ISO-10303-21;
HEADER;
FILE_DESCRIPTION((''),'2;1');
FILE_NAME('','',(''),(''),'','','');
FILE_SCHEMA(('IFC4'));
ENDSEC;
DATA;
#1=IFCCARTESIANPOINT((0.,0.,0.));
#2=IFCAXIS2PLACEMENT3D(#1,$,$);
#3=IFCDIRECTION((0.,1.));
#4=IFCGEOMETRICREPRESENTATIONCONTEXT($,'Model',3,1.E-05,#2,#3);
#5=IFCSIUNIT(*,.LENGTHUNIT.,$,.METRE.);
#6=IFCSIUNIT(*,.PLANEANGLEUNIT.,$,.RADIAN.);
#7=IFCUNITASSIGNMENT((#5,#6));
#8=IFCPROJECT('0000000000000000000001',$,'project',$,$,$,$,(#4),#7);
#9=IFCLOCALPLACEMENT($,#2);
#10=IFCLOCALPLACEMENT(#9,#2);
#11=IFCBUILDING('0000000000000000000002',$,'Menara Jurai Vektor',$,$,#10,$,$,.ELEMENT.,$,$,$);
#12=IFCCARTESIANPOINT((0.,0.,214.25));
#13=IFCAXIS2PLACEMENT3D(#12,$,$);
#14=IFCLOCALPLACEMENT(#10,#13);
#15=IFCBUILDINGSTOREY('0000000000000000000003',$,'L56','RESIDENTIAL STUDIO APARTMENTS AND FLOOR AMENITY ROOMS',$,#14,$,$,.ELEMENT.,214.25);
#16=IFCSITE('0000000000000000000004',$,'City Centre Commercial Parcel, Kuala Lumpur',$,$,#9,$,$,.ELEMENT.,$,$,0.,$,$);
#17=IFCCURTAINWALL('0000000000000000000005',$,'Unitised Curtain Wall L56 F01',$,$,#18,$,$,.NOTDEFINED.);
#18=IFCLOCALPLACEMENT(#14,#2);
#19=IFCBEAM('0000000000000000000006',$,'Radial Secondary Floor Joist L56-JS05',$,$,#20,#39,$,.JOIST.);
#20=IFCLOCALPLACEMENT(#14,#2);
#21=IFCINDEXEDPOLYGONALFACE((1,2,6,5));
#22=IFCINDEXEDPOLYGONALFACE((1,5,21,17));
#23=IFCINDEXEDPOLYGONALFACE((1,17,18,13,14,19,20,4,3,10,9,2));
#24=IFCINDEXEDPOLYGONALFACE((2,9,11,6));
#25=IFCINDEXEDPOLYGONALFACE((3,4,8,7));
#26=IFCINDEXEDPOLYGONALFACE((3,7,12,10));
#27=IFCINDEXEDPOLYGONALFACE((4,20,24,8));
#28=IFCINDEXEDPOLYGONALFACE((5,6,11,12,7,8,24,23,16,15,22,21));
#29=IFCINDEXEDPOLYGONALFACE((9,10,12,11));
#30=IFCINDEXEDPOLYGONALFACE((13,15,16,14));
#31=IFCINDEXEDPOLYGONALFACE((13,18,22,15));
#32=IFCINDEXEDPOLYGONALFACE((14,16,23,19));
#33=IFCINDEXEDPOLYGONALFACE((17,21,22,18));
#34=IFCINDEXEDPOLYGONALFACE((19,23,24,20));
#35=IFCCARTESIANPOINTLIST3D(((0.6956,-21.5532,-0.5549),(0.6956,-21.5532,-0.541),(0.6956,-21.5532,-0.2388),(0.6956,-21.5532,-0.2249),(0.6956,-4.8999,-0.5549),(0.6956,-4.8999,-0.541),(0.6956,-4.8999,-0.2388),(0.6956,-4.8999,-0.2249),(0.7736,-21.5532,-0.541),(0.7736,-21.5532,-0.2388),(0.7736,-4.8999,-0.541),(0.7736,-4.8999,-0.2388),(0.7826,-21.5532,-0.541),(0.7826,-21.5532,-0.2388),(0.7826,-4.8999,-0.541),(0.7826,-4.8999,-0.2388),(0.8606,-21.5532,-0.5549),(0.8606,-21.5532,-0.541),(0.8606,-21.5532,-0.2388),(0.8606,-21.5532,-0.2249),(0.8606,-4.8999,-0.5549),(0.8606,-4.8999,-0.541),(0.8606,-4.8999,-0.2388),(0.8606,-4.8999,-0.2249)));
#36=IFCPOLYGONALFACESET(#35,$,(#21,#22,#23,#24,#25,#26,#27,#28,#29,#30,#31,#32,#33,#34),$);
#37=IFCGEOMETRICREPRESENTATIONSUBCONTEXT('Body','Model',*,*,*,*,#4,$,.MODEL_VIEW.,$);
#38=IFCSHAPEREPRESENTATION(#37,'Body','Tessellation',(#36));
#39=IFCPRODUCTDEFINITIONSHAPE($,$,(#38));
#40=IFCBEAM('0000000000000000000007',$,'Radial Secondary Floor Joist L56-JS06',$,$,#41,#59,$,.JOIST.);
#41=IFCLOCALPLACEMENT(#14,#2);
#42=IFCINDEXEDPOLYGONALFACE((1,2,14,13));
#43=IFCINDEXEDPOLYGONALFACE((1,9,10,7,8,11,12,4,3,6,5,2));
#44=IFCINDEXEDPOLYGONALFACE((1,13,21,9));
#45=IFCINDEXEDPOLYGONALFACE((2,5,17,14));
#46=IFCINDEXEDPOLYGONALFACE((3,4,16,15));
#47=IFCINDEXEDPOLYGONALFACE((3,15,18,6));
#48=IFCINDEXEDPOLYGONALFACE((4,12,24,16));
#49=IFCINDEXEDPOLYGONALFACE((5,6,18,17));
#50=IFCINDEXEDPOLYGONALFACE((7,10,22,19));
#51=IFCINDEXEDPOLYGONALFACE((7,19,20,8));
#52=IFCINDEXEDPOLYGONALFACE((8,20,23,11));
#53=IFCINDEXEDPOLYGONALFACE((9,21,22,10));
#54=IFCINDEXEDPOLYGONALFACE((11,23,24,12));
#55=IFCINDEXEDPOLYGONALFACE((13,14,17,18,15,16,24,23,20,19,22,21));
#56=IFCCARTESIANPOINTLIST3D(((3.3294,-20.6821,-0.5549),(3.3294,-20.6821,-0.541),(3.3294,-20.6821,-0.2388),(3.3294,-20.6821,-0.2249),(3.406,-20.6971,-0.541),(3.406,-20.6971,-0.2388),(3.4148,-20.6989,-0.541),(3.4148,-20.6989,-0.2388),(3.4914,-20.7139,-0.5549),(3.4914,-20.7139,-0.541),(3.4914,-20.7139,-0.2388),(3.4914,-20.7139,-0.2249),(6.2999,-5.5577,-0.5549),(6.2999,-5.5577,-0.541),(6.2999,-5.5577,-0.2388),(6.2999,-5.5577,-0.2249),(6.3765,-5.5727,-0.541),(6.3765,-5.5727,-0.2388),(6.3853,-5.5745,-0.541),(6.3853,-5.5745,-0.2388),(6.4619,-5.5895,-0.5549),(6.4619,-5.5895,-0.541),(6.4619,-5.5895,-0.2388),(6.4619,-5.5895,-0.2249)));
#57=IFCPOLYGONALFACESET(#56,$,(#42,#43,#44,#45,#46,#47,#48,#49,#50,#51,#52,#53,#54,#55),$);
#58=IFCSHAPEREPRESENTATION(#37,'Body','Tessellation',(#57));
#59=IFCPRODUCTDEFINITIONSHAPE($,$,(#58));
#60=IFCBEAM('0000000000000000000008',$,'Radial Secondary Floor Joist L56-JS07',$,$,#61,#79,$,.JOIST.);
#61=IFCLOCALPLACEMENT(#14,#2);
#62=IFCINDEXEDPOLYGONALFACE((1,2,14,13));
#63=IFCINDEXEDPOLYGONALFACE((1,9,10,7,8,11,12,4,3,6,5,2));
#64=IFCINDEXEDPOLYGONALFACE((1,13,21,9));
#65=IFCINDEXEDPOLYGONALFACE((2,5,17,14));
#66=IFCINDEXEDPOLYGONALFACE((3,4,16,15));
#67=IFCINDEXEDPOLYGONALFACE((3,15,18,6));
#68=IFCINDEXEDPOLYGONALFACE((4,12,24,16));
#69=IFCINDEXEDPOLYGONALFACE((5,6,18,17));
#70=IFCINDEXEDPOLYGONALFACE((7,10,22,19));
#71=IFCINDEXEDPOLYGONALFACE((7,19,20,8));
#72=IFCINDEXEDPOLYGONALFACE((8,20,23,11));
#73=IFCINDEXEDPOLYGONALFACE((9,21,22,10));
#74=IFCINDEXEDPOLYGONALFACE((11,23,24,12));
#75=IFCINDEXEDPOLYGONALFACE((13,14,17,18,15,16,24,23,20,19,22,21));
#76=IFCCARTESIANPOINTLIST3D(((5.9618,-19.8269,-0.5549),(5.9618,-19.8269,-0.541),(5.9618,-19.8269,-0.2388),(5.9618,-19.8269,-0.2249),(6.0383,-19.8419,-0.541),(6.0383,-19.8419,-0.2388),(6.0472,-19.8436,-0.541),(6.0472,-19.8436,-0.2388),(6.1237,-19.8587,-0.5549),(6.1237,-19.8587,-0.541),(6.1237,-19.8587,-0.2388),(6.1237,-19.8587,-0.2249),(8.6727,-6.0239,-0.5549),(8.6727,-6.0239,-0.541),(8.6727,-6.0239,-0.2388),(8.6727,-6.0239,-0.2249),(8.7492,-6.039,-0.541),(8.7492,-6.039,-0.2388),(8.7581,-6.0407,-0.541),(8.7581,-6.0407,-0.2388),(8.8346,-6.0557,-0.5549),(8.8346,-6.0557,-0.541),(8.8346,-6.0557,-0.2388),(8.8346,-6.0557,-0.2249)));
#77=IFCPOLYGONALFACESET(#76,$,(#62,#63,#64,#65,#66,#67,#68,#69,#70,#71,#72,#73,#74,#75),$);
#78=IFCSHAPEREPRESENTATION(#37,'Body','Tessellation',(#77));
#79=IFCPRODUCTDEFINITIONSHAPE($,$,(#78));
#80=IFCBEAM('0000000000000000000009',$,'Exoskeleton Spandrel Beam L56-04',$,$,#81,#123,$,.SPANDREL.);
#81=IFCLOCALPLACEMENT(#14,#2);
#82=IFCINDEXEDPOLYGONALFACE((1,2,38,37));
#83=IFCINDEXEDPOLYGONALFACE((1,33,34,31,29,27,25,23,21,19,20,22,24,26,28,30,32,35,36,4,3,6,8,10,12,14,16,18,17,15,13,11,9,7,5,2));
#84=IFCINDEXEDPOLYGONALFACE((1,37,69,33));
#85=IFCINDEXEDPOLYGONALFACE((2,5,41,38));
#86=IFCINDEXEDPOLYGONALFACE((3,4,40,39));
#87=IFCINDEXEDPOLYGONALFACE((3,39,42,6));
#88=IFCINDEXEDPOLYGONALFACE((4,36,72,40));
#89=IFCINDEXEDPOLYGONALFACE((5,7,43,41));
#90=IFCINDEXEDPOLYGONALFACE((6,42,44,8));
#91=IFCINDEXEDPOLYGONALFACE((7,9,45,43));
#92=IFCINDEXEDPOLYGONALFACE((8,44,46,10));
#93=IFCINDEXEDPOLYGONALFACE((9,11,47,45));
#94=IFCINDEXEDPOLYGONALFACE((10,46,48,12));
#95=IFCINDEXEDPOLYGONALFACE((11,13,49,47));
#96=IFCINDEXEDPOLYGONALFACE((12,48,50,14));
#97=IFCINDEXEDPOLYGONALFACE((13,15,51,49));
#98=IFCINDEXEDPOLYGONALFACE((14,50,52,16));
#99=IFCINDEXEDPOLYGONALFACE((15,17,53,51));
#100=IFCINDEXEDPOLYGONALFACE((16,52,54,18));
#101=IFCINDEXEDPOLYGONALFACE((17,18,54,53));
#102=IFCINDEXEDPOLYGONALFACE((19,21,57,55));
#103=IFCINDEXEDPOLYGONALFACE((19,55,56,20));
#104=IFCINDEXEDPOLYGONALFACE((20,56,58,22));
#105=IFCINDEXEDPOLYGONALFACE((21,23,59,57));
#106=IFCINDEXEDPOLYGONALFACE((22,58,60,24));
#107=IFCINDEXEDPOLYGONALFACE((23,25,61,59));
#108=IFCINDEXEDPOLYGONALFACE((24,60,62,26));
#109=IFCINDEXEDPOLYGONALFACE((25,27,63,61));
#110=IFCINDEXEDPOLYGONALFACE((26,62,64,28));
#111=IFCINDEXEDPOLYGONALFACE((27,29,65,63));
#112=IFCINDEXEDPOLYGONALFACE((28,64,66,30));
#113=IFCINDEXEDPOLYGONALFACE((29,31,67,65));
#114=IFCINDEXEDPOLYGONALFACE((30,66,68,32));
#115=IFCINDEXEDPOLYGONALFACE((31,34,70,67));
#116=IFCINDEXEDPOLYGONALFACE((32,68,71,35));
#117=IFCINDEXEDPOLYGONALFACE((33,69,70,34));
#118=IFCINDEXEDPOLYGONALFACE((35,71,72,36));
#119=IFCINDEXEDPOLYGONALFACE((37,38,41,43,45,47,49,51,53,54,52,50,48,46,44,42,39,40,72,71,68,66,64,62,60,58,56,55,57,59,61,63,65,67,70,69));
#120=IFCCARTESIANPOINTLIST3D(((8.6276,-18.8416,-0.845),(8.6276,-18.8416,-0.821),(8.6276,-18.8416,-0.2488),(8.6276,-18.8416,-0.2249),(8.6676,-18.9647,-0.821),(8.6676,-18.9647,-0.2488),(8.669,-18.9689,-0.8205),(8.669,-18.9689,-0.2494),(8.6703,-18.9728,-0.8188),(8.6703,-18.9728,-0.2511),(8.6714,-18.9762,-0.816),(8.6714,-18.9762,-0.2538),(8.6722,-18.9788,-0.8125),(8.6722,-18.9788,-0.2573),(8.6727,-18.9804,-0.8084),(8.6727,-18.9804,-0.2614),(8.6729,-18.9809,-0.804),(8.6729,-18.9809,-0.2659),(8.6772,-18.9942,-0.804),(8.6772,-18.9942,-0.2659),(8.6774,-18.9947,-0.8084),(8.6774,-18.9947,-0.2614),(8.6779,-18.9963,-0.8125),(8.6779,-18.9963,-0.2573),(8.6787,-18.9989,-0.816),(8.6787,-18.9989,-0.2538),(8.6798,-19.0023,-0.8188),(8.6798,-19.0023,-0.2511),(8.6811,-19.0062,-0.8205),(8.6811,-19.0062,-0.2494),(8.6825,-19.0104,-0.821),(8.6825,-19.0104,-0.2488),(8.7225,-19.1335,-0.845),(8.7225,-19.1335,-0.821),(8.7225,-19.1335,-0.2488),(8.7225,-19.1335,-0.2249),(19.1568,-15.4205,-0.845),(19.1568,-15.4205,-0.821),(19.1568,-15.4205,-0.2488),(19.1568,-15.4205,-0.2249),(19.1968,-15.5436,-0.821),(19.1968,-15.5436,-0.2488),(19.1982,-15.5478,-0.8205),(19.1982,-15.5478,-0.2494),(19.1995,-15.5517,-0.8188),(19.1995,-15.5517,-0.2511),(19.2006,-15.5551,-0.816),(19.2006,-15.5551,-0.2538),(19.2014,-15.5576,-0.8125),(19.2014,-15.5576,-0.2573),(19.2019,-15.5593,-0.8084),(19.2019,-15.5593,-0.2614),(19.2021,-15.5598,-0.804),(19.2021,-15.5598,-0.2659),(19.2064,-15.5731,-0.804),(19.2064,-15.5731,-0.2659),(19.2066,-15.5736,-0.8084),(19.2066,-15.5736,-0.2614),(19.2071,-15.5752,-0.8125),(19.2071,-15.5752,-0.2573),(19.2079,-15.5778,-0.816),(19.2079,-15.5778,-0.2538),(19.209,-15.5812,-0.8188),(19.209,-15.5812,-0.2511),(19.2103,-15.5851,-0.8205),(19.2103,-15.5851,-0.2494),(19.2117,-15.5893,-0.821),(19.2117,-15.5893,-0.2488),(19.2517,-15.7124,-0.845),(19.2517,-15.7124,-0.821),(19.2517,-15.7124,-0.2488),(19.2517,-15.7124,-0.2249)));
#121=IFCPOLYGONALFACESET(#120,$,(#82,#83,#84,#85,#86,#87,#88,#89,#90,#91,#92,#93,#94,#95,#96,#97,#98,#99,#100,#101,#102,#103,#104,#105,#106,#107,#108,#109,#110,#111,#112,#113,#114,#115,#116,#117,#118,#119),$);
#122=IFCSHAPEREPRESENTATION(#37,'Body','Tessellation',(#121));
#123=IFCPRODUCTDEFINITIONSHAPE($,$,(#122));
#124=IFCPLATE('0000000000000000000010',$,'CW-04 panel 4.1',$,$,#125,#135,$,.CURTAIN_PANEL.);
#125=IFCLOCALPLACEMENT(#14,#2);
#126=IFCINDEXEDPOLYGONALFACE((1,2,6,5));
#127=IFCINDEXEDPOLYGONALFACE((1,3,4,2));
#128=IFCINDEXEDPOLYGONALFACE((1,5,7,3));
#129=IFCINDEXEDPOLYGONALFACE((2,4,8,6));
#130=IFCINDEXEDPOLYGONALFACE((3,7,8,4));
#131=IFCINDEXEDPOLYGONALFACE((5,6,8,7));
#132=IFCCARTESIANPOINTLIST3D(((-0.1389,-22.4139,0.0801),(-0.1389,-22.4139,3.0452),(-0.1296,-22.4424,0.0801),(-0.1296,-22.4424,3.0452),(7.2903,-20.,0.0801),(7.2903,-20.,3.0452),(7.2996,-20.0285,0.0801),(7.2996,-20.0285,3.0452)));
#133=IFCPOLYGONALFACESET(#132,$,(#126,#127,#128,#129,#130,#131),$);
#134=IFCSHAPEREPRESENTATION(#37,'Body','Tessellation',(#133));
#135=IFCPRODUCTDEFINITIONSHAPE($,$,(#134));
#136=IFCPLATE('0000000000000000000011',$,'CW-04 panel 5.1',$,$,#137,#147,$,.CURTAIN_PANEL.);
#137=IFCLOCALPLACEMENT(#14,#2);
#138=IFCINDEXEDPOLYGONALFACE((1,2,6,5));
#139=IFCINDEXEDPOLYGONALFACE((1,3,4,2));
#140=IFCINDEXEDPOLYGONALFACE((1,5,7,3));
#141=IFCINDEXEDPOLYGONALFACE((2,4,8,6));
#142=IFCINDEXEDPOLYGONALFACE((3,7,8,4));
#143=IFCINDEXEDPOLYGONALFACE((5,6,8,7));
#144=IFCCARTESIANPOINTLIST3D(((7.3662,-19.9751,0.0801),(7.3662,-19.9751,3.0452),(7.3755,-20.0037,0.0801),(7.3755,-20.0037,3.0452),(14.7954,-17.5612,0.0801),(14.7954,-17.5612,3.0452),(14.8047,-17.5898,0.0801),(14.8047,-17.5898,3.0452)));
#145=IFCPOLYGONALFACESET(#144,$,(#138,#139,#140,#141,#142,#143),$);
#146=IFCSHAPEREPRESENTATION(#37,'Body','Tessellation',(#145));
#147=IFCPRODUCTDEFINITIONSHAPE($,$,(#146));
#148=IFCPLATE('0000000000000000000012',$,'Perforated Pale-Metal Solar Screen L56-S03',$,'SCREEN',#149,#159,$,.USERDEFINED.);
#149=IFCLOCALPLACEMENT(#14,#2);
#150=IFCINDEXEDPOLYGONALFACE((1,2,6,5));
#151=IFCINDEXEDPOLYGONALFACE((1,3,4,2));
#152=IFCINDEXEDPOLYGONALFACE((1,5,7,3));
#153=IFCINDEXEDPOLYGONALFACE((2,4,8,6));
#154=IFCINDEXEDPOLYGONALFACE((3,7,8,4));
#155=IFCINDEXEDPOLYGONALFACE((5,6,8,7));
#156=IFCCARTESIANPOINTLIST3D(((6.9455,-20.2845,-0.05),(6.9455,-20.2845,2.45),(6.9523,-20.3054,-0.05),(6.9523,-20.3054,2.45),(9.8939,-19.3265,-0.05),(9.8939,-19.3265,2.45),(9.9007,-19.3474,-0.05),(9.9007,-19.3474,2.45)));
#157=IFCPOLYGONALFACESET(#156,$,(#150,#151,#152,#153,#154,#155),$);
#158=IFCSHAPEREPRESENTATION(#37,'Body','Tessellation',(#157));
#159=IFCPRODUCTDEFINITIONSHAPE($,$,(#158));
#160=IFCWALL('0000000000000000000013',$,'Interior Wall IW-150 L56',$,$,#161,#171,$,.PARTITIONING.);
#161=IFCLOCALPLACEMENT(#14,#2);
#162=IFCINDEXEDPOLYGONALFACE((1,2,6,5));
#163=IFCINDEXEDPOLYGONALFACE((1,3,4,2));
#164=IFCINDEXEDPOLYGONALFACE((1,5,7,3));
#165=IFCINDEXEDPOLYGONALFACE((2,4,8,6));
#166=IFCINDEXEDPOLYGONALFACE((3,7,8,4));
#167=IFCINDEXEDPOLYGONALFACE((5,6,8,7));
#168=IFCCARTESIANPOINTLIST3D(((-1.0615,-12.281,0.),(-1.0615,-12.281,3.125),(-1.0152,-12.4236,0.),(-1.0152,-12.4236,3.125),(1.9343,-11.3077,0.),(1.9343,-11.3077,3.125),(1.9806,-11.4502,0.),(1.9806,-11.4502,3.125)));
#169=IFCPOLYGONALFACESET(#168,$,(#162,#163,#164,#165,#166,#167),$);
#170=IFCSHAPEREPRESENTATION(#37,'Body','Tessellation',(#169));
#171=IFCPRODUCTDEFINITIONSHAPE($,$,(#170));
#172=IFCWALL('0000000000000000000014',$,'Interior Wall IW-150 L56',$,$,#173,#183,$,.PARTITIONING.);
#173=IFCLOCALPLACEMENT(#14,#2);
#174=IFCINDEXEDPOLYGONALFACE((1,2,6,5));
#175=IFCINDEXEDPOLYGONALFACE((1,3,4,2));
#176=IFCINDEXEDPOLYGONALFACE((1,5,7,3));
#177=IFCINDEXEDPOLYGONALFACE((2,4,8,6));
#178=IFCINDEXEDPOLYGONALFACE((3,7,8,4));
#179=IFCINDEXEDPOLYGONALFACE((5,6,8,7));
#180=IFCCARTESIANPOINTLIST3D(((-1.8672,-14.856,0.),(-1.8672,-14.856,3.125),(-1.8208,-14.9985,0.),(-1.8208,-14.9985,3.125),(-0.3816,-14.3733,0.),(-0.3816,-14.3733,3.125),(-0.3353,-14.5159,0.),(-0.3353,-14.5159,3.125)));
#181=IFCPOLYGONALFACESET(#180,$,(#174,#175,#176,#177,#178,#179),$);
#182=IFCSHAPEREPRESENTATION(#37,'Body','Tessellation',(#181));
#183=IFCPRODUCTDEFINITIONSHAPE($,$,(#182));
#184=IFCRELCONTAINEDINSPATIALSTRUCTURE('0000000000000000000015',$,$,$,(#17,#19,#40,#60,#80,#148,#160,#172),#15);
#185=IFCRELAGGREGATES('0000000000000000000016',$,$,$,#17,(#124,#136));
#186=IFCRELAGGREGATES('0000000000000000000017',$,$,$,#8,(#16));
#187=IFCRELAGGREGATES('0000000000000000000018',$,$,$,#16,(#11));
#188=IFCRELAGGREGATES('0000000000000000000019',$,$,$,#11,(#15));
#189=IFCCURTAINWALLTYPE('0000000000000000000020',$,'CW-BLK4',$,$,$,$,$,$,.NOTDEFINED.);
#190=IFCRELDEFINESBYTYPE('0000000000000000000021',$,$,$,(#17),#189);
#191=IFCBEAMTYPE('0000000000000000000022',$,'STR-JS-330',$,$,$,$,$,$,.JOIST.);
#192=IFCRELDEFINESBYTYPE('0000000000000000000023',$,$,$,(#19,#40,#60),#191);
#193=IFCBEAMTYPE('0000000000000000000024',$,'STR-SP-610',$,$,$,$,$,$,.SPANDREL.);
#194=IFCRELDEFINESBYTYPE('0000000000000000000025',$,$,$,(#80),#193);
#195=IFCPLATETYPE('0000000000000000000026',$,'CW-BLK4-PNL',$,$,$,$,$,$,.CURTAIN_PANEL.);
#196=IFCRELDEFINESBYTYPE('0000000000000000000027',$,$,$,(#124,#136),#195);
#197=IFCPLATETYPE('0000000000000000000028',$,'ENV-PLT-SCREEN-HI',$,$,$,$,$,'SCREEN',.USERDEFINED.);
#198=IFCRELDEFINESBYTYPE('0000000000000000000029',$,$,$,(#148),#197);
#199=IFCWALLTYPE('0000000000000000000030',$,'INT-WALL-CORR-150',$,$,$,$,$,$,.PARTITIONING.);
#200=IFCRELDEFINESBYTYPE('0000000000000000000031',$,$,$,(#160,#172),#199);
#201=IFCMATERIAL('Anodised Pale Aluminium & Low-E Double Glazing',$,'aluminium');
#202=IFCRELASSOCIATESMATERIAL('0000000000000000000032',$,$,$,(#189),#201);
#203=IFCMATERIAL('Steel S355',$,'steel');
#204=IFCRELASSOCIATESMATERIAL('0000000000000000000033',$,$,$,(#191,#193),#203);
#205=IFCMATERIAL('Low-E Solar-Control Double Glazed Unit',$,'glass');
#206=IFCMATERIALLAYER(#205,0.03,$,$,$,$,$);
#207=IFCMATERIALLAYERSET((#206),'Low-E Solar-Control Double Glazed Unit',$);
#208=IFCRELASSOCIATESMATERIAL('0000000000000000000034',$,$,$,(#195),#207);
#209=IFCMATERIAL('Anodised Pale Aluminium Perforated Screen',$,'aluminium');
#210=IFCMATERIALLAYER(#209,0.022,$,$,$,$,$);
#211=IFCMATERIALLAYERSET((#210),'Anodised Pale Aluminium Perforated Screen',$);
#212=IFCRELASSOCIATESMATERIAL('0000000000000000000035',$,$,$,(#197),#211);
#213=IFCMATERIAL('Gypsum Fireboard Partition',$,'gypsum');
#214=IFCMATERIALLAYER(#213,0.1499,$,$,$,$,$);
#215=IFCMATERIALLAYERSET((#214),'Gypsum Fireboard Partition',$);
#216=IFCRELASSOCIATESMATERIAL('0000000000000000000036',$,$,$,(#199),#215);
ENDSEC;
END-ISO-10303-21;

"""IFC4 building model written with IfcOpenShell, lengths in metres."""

from ifc_helpers import new_model, si_unit, direction, frame, frame_2d, origin, origin_2d, place, context, subcontext, project, spatial, rectangle, i_section, extrude, material, layer, layer_set, material_profile, profile_set, type_object, element, aggregate, save


model = new_model("IFC4")

# Units and contexts
model_context = context("Model", 3, precision=1e-05, world=origin(), true_north=direction((0.0, 1.0)))
body_context = subcontext(model_context, "Body", "Model", "MODEL_VIEW")
ifc_project = project(units=[si_unit("LENGTHUNIT", "METRE"), si_unit("PLANEANGLEUNIT", "RADIAN")], contexts=[model_context])

# Site, building, storey
site_placement = place(None, origin())
site = spatial("IfcSite", under=ifc_project, at=site_placement, Name="City Centre Commercial Parcel, Kuala Lumpur", CompositionType="ELEMENT", RefElevation=0.0)
building_placement = place(site_placement, origin())
building = spatial("IfcBuilding", under=site, at=building_placement, Name="Menara Jurai Vektor", CompositionType="ELEMENT")
storey_placement = place(building_placement, frame((0.0, 0.0, 214.25)))
storey = spatial("IfcBuildingStorey", under=building, at=storey_placement, Name="L56", Description="RESIDENTIAL STUDIO APARTMENTS AND FLOOR AMENITY ROOMS", CompositionType="ELEMENT", Elevation=214.25)

# Curtain wall
ifc_material_1 = material(Name="Anodised Pale Aluminium & Low-E Double Glazing", Category="aluminium")
curtain_wall_type = type_object("IfcCurtainWallType", Name="CW-BLK4", PredefinedType="NOTDEFINED", material=ifc_material_1)
curtain_wall_placement = place(storey_placement, origin())
curtain_wall = element("IfcCurtainWall", 1, at=curtain_wall_placement, inside=storey, type_object=curtain_wall_type, Name="Unitised Curtain Wall L56 F01", PredefinedType="NOTDEFINED")

# Beams
ifc_material_2 = material(Name="Steel S355", Category="steel")
ifc_material_profile_1 = material_profile(ifc_material_2, i_section(OverallWidth=0.165, OverallDepth=0.3301, WebThickness=0.009, FlangeThickness=0.0139, at=origin_2d()), Name="PG 330x165x46")
ifc_profile_set_1 = profile_set([ifc_material_profile_1], Name="Steel S355")
beam_type_1 = type_object("IfcBeamType", Name="STR-JS-330", PredefinedType="JOIST", material=ifc_profile_set_1)
beam_1_placement = place(storey_placement, frame((0.7781, -21.5532, -0.3899), z_axis=(0.0, 1.0, 0.0), x_axis=(-1.0, 0.0, 0.0)))
element("IfcBeam", 2, at=beam_1_placement, inside=storey, type_object=beam_type_1, Name="Radial Secondary Floor Joist L56-JS05", PredefinedType="JOIST", context=body_context, shape_type="SweptSolid", body=[
    extrude(i_section(OverallWidth=0.165, OverallDepth=0.3301, WebThickness=0.009, FlangeThickness=0.0139, at=origin_2d()), origin(), (0.0, 0.0, 1.0), 16.6533),
])
beam_2_placement = place(storey_placement, frame((3.4104, -20.698, -0.3899), z_axis=(0.192722, 0.981253, 0.0), x_axis=(-0.981253, 0.192722, 0.0)))
element("IfcBeam", 3, at=beam_2_placement, inside=storey, type_object=beam_type_1, Name="Radial Secondary Floor Joist L56-JS06", PredefinedType="JOIST", context=body_context, shape_type="SweptSolid", body=[
    extrude(i_section(OverallWidth=0.165, OverallDepth=0.3301, WebThickness=0.009, FlangeThickness=0.0139, at=origin_2d()), origin(), (0.0, 0.0, 1.0), 15.4133),
])
beam_3_placement = place(storey_placement, frame((6.0427, -19.8428, -0.3899), z_axis=(0.192721, 0.981254, 0.0), x_axis=(-0.981254, 0.192721, 0.0)))
element("IfcBeam", 4, at=beam_3_placement, inside=storey, type_object=beam_type_1, Name="Radial Secondary Floor Joist L56-JS07", PredefinedType="JOIST", context=body_context, shape_type="SweptSolid", body=[
    extrude(i_section(OverallWidth=0.165, OverallDepth=0.3301, WebThickness=0.009, FlangeThickness=0.0139, at=origin_2d()), origin(), (0.0, 0.0, 1.0), 14.0667),
])
ifc_material_profile_2 = material_profile(ifc_material_2, i_section(OverallWidth=0.3069, OverallDepth=0.6201, WebThickness=0.0139, FlangeThickness=0.0239, FilletRadius=0.0171, at=origin_2d()), Name="UKB 610x305x179")
ifc_profile_set_2 = profile_set([ifc_material_profile_2], Name="Steel S355")
beam_type_2 = type_object("IfcBeamType", Name="STR-SP-610", PredefinedType="SPANDREL", material=ifc_profile_set_2)
beam_4_placement = place(storey_placement, frame((8.675, -18.9875, -0.5349), z_axis=(0.951057, 0.309014, 0.0), x_axis=(-0.309014, 0.951057, 0.0)))
element("IfcBeam", 5, at=beam_4_placement, inside=storey, type_object=beam_type_2, Name="Exoskeleton Spandrel Beam L56-04", PredefinedType="SPANDREL", context=body_context, shape_type="SweptSolid", body=[
    extrude(i_section(OverallWidth=0.3069, OverallDepth=0.6201, WebThickness=0.0139, FlangeThickness=0.0239, FilletRadius=0.0171, at=origin_2d()), origin(), (0.0, 0.0, 1.0), 11.071),
])

# Plates
ifc_material_3 = material(Name="Low-E Solar-Control Double Glazed Unit", Category="glass")
ifc_layer_1 = layer(ifc_material_3, 0.03)
ifc_layer_set_1 = layer_set([ifc_layer_1], Name="Low-E Solar-Control Double Glazed Unit")
plate_type_1 = type_object("IfcPlateType", Name="CW-BLK4-PNL", PredefinedType="CURTAIN_PANEL", material=ifc_layer_set_1)
plate_1_placement = place(storey_placement, frame((3.5803, -21.2212, 0.0801), z_axis=(0.0, 0.0, 1.0), x_axis=(0.951056, 0.309017, 0.0)))
plate_1 = element("IfcPlate", 6, at=plate_1_placement, type_object=plate_type_1, Name="CW-04 panel 4.1", PredefinedType="CURTAIN_PANEL", context=body_context, shape_type="SweptSolid", body=[
    extrude(rectangle(XDim=7.8115, YDim=0.03, at=origin_2d()), origin(), (0.0, 0.0, 1.0), 2.9651),
])
plate_2_placement = place(storey_placement, frame((11.0854, -18.7825, 0.0801), z_axis=(0.0, 0.0, 1.0), x_axis=(0.951056, 0.309017, 0.0)))
plate_2 = element("IfcPlate", 7, at=plate_2_placement, type_object=plate_type_1, Name="CW-04 panel 5.1", PredefinedType="CURTAIN_PANEL", context=body_context, shape_type="SweptSolid", body=[
    extrude(rectangle(XDim=7.8115, YDim=0.03, at=origin_2d()), origin(), (0.0, 0.0, 1.0), 2.9651),
])
aggregate(curtain_wall, [plate_1, plate_2])
ifc_material_4 = material(Name="Anodised Pale Aluminium Perforated Screen", Category="aluminium")
ifc_layer_2 = layer(ifc_material_4, 0.022)
ifc_layer_set_2 = layer_set([ifc_layer_2], Name="Anodised Pale Aluminium Perforated Screen")
plate_type_2 = type_object("IfcPlateType", Name="ENV-PLT-SCREEN-HI", ElementType="SCREEN", PredefinedType="USERDEFINED", material=ifc_layer_set_2)
plate_3_placement = place(storey_placement, frame((8.4231, -19.8159, -0.05), z_axis=(0.0, 0.0, 1.0), x_axis=(0.951057, 0.309017, 0.0)))
element("IfcPlate", 8, at=plate_3_placement, inside=storey, type_object=plate_type_2, Name="Perforated Pale-Metal Solar Screen L56-S03", ObjectType="SCREEN", PredefinedType="USERDEFINED", context=body_context, shape_type="SweptSolid", body=[
    extrude(rectangle(XDim=3.1001, YDim=0.022, at=origin_2d()), origin(), (0.0, 0.0, 1.0), 2.5),
])

# Walls
ifc_material_5 = material(Name="Gypsum Fireboard Partition", Category="gypsum")
ifc_layer_3 = layer(ifc_material_5, 0.1499)
ifc_layer_set_3 = layer_set([ifc_layer_3], Name="Gypsum Fireboard Partition")
wall_type_1 = type_object("IfcWallType", Name="INT-WALL-CORR-150", PredefinedType="PARTITIONING", material=ifc_layer_set_3)
wall_1_placement = place(storey_placement, frame((-1.0383, -12.3523, 0.0), z_axis=(0.0, 0.0, 1.0), x_axis=(0.951059, 0.309011, 0.0)))
element("IfcWall", 9, at=wall_1_placement, inside=storey, type_object=wall_type_1, Name="Interior Wall IW-150 L56", PredefinedType="PARTITIONING", context=body_context, shape_type="SweptSolid", body=[
    extrude(rectangle(XDim=3.1499, YDim=0.1499, at=frame_2d((1.575, 0.0))), origin(), (0.0, 0.0, 1.0), 3.125),
])
wall_2_placement = place(storey_placement, frame((-1.844, -14.9272, 0.0), z_axis=(0.0, 0.0, 1.0), x_axis=(0.951063, 0.308998, 0.0)))
element("IfcWall", 10, at=wall_2_placement, inside=storey, type_object=wall_type_1, Name="Interior Wall IW-150 L56", PredefinedType="PARTITIONING", context=body_context, shape_type="SweptSolid", body=[
    extrude(rectangle(XDim=1.562, YDim=0.1499, at=frame_2d((0.781, 0.0))), origin(), (0.0, 0.0, 1.0), 3.125),
])

save(model, "model.ifc")
